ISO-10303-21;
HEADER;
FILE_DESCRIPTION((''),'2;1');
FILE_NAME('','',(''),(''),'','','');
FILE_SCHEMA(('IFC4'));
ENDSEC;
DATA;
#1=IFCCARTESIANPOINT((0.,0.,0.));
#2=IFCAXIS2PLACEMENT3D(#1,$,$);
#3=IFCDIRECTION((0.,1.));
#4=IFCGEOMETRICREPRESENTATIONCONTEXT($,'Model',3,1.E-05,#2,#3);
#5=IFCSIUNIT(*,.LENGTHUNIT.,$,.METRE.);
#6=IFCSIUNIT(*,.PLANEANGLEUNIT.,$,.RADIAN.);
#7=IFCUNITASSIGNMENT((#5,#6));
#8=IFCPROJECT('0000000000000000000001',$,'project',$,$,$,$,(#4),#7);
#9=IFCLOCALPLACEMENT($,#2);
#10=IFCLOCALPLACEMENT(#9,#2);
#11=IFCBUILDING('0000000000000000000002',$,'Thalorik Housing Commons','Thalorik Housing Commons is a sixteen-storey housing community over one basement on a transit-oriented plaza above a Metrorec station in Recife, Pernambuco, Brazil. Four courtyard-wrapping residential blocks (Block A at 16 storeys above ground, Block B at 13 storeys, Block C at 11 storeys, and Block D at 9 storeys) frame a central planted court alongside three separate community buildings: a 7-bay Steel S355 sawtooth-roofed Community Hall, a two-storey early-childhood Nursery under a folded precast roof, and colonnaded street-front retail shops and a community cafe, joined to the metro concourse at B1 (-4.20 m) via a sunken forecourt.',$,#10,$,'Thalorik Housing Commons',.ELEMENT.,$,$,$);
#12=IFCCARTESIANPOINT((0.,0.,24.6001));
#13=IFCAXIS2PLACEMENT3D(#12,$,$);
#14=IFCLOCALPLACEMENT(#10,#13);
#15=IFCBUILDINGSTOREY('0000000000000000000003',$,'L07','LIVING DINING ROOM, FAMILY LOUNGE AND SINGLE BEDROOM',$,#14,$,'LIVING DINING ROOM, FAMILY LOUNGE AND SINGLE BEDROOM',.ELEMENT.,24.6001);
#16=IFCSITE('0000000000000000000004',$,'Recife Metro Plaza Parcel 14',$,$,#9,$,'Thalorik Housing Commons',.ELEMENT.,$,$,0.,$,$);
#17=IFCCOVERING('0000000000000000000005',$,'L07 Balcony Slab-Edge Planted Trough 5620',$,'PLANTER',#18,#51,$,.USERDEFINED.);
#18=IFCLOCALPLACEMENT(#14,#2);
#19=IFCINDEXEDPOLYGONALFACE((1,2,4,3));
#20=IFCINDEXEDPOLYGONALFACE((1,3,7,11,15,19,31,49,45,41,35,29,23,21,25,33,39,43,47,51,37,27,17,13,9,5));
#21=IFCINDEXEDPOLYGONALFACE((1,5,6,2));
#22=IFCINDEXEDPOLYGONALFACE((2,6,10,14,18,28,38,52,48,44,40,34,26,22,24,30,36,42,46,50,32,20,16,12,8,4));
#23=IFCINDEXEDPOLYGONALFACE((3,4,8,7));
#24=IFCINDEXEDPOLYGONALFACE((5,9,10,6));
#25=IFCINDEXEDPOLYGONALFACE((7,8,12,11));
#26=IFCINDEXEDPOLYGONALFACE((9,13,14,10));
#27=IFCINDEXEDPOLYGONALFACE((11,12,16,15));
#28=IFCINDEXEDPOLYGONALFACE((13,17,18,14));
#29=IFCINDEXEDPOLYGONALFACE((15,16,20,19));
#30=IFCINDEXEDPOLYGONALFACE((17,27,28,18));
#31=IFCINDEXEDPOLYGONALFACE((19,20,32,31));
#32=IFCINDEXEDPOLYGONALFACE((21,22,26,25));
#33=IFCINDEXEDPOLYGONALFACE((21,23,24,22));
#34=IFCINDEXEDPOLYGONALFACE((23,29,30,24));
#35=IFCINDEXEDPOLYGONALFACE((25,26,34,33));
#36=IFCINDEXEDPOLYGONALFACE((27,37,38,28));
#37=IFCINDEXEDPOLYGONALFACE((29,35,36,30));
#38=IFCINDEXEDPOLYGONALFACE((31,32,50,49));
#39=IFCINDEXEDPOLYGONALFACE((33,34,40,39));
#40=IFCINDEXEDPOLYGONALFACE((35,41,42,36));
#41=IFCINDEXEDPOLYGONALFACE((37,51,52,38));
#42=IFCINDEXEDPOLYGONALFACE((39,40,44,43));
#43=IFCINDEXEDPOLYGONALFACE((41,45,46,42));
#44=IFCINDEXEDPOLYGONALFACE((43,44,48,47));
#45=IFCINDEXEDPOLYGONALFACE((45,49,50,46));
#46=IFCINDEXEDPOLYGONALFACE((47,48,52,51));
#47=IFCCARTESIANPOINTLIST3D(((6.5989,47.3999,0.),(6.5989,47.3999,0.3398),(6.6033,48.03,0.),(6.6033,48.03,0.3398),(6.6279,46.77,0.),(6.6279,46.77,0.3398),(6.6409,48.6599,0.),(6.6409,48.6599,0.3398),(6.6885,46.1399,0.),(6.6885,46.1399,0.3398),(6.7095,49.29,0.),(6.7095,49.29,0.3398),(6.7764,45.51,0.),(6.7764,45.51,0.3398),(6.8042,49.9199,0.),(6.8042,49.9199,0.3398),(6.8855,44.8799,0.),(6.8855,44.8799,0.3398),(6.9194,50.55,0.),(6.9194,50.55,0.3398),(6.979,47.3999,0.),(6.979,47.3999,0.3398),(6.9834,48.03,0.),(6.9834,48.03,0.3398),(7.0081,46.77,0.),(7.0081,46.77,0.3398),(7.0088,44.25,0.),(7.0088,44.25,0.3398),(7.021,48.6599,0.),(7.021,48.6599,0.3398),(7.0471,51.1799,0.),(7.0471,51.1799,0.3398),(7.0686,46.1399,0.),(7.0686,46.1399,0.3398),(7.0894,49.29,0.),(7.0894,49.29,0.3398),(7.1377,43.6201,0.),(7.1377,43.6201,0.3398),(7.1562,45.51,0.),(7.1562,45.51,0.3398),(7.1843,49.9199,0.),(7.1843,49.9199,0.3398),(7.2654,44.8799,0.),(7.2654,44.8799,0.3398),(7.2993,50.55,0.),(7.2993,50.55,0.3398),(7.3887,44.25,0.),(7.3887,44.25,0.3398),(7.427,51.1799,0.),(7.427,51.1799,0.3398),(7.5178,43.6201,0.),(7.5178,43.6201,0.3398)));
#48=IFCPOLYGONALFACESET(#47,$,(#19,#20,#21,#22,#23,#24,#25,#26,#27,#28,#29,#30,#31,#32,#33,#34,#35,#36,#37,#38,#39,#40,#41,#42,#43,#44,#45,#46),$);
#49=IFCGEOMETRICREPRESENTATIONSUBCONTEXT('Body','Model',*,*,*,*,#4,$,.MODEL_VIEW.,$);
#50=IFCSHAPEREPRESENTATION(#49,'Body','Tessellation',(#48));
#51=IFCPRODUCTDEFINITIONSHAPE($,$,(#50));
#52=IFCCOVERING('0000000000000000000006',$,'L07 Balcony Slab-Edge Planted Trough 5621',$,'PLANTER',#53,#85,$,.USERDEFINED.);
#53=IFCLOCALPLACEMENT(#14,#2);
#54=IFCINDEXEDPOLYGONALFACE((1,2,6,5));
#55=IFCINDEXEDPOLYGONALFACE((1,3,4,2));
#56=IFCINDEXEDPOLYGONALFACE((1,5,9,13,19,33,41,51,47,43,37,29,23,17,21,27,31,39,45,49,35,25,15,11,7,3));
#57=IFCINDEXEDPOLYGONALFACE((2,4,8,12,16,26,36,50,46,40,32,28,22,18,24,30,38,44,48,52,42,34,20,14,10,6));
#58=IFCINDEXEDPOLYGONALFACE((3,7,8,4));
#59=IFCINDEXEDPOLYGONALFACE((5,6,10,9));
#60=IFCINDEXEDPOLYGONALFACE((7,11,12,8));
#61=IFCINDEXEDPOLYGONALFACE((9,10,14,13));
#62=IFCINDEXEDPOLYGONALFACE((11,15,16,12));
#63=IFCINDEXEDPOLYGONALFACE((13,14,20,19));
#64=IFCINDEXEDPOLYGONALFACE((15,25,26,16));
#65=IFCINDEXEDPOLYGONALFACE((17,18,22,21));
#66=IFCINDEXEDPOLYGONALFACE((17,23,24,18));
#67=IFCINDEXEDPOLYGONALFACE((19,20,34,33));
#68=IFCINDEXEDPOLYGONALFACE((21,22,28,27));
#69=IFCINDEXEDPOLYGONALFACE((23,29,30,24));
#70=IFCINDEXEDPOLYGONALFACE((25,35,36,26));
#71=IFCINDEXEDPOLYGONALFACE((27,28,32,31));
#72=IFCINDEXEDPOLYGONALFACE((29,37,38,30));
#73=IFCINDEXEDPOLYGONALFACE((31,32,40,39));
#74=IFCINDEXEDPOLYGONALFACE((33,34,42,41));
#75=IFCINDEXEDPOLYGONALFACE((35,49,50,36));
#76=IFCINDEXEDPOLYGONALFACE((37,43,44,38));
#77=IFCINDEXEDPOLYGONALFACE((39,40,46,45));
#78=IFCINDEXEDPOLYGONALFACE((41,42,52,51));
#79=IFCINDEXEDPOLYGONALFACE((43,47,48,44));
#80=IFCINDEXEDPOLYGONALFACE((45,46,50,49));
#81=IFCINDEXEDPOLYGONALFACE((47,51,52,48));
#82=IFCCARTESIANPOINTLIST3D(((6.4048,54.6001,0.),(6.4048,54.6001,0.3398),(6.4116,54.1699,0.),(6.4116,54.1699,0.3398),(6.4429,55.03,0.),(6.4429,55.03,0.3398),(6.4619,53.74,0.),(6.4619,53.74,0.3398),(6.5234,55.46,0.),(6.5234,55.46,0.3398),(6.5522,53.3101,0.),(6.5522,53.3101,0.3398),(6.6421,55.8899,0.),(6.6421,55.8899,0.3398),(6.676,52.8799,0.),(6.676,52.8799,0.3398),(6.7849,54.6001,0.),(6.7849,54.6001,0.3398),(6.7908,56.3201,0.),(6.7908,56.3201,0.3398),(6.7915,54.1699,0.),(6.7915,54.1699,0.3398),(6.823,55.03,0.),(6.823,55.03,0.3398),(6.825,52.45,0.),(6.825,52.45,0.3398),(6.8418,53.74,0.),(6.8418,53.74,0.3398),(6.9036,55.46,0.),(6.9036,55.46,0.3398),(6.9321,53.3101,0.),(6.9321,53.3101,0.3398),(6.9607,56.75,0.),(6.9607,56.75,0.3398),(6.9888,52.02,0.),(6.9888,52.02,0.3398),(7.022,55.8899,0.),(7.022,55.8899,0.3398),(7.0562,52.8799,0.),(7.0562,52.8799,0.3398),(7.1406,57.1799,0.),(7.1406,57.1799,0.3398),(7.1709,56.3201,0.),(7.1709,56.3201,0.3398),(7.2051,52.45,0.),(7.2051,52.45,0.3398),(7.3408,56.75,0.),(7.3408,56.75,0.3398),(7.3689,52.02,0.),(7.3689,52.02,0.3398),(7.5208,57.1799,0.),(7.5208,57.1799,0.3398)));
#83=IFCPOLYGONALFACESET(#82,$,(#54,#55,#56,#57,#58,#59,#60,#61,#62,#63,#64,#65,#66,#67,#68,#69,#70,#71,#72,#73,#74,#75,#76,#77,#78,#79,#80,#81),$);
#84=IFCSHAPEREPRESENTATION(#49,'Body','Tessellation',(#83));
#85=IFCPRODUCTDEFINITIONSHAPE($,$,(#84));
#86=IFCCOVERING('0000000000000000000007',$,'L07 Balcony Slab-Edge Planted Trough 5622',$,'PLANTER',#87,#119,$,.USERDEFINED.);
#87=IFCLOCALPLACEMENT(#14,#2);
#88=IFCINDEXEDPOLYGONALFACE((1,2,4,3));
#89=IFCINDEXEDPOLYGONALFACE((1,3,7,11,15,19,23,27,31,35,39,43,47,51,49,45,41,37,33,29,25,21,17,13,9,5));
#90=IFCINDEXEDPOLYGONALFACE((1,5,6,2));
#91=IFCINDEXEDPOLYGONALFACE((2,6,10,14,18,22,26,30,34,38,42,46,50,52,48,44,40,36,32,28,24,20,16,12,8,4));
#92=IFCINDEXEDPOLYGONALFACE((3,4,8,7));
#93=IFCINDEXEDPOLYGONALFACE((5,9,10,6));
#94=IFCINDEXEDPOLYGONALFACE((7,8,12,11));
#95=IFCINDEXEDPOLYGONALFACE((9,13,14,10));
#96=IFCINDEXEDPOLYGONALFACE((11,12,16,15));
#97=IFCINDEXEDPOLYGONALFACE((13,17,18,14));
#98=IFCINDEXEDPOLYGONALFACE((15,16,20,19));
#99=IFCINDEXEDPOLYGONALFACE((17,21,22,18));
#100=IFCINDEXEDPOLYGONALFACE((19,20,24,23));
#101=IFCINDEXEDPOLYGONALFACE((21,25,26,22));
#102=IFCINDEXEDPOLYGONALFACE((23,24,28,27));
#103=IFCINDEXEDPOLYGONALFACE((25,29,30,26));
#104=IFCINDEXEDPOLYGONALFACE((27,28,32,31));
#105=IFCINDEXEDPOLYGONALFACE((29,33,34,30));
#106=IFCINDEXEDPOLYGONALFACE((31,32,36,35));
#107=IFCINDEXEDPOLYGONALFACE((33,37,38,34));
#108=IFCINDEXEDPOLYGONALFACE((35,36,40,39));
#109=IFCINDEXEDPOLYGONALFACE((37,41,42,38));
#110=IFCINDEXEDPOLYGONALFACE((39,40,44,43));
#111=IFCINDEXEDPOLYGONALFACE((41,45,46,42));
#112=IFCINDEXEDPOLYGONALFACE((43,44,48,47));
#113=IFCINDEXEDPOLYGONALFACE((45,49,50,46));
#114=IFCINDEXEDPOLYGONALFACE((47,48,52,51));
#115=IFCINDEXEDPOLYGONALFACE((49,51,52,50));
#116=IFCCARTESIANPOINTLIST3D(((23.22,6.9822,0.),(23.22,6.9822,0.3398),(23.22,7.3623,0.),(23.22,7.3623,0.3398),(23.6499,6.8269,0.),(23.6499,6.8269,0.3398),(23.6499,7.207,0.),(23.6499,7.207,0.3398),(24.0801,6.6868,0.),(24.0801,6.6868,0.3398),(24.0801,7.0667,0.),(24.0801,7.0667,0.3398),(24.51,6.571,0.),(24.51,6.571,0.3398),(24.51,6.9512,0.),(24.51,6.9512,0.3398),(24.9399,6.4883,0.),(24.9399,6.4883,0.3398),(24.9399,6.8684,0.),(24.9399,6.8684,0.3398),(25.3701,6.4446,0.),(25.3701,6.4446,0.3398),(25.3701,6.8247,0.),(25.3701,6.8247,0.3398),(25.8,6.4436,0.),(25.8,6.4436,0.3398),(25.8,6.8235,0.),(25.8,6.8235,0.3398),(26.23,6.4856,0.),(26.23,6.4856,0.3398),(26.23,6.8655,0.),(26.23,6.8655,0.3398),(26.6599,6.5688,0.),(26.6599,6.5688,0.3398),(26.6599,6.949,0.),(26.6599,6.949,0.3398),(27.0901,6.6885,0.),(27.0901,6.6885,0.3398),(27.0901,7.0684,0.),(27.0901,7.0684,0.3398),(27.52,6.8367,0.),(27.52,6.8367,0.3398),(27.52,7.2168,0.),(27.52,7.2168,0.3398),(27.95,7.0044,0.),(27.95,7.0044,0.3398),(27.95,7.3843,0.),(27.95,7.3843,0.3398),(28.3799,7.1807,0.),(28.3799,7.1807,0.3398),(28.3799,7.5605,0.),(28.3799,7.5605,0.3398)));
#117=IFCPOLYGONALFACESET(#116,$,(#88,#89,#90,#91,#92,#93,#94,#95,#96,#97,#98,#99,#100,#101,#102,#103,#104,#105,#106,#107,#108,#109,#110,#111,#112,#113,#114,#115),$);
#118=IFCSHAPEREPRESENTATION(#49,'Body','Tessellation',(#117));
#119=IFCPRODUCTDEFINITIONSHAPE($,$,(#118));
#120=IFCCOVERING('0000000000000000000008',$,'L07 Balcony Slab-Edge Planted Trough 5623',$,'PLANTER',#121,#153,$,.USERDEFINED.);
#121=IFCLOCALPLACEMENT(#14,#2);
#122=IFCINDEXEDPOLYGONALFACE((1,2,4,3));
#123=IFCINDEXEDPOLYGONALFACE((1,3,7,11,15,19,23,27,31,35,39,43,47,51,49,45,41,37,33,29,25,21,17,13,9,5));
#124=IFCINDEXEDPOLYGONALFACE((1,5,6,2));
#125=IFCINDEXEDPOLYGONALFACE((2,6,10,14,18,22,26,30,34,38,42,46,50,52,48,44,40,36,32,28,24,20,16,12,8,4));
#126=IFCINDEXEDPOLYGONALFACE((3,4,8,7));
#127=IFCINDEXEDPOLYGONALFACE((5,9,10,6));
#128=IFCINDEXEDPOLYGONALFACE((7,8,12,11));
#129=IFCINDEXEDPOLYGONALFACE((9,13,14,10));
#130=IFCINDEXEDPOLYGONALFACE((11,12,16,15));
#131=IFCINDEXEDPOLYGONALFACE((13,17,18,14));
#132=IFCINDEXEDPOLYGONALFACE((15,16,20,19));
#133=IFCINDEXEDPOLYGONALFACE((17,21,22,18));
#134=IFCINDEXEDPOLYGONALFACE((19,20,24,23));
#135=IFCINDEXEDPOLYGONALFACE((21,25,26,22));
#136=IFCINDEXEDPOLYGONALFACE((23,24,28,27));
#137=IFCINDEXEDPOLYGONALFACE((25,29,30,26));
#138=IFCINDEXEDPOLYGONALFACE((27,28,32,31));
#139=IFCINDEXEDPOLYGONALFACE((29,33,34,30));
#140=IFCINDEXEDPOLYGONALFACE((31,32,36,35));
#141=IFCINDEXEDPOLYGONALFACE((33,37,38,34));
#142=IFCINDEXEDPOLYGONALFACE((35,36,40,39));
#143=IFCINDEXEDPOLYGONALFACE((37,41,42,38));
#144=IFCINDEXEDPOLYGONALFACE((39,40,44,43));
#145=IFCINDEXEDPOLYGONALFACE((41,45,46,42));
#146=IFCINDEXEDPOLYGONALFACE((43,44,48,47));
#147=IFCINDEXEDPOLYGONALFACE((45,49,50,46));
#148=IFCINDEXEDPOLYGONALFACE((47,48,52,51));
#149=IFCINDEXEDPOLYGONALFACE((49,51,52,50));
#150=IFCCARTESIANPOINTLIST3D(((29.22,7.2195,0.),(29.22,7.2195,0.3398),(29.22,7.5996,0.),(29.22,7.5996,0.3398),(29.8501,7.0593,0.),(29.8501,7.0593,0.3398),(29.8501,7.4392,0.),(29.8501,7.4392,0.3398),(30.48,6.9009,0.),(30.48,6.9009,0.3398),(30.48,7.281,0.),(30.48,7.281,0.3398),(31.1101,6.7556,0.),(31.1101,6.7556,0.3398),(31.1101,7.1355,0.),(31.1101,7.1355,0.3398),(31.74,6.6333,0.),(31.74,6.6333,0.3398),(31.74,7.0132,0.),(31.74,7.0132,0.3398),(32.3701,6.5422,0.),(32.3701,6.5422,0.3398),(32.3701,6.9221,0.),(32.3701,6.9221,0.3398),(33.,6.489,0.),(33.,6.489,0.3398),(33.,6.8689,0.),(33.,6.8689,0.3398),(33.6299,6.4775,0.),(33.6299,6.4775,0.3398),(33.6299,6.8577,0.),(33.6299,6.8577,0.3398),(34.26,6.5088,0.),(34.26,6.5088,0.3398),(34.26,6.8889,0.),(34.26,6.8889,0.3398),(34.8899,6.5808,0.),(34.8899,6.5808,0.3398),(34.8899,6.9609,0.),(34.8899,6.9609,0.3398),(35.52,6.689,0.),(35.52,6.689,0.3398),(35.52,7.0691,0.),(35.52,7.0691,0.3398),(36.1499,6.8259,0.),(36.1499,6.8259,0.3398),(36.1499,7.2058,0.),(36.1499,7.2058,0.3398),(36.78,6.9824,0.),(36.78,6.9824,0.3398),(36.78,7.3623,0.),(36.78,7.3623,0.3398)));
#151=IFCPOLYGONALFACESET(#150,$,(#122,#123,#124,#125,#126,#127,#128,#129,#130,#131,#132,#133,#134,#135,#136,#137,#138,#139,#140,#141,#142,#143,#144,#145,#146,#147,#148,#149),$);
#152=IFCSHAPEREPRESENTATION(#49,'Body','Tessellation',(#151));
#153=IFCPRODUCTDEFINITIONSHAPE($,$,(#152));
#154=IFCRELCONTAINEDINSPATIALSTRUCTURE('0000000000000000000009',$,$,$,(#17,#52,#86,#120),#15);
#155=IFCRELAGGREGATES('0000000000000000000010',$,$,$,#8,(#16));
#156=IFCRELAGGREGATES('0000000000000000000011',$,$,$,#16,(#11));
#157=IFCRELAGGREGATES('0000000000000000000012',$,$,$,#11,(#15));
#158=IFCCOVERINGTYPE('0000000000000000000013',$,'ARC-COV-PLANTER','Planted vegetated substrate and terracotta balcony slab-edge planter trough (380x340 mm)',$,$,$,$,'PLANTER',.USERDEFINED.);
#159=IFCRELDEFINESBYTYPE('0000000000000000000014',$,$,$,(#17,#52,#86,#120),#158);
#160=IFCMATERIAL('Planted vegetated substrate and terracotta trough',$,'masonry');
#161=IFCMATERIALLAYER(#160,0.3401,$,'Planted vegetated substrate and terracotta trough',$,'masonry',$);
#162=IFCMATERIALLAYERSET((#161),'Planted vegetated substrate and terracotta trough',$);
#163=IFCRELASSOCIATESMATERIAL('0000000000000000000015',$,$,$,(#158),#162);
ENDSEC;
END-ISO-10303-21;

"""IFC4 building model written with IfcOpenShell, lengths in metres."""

from ifc_helpers import new_model, si_unit, direction, frame, origin, place, context, subcontext, project, spatial, polyline, outline, extrude, material, layer, layer_set, type_object, element, save


model = new_model("IFC4")

# Units and contexts
model_context = context("Model", 3, precision=1e-05, world=origin(), true_north=direction((0.0, 1.0)))
body_context = subcontext(model_context, "Body", "Model", "MODEL_VIEW")
ifc_project = project(units=[si_unit("LENGTHUNIT", "METRE"), si_unit("PLANEANGLEUNIT", "RADIAN")], contexts=[model_context])

# Site, building, storey
site_placement = place(None, origin())
site = spatial("IfcSite", under=ifc_project, at=site_placement, Name="Recife Metro Plaza Parcel 14", LongName="Thalorik Housing Commons", CompositionType="ELEMENT", RefElevation=0.0)
building_placement = place(site_placement, origin())
building = spatial("IfcBuilding", under=site, at=building_placement, Name="Thalorik Housing Commons", Description="Thalorik Housing Commons is a sixteen-storey housing community over one basement on a transit-oriented plaza above a Metrorec station in Recife, Pernambuco, Brazil. Four courtyard-wrapping residential blocks (Block A at 16 storeys above ground, Block B at 13 storeys, Block C at 11 storeys, and Block D at 9 storeys) frame a central planted court alongside three separate community buildings: a 7-bay Steel S355 sawtooth-roofed Community Hall, a two-storey early-childhood Nursery under a folded precast roof, and colonnaded street-front retail shops and a community cafe, joined to the metro concourse at B1 (-4.20 m) via a sunken forecourt.", LongName="Thalorik Housing Commons", CompositionType="ELEMENT")
storey_placement = place(building_placement, frame((0.0, 0.0, 24.6001)))
storey = spatial("IfcBuildingStorey", under=building, at=storey_placement, Name="L07", Description="LIVING DINING ROOM, FAMILY LOUNGE AND SINGLE BEDROOM", LongName="LIVING DINING ROOM, FAMILY LOUNGE AND SINGLE BEDROOM", CompositionType="ELEMENT", Elevation=24.6001)

# Coverings
ifc_material = material(Name="Planted vegetated substrate and terracotta trough", Category="masonry")
ifc_layer = layer(ifc_material, 0.3401, Name="Planted vegetated substrate and terracotta trough", Category="masonry")
ifc_layer_set = layer_set([ifc_layer], Name="Planted vegetated substrate and terracotta trough")
covering_type = type_object("IfcCoveringType", Name="ARC-COV-PLANTER", Description="Planted vegetated substrate and terracotta balcony slab-edge planter trough (380x340 mm)", ElementType="PLANTER", PredefinedType="USERDEFINED", material=ifc_layer_set)
covering_1_placement = place(storey_placement, origin())
element("IfcCovering", 1, at=covering_1_placement, inside=storey, type_object=covering_type, Name="L07 Balcony Slab-Edge Planted Trough 5620", ObjectType="PLANTER", PredefinedType="USERDEFINED", context=body_context, shape_type="SweptSolid", body=[
    extrude(outline(polyline([(7.0471, 51.1799), (6.9194, 50.55), (6.8042, 49.9199), (6.7095, 49.29), (6.6409, 48.6599), (6.6033, 48.03), (6.5989, 47.3999), (6.6279, 46.77), (6.6885, 46.1399), (6.7764, 45.51), (6.8855, 44.8799), (7.0088, 44.25), (7.1377, 43.6201), (7.5178, 43.6201), (7.3887, 44.25), (7.2654, 44.8799), (7.1562, 45.51), (7.0686, 46.1399), (7.0081, 46.77), (6.979, 47.3999), (6.9834, 48.03), (7.021, 48.6599), (7.0894, 49.29), (7.1843, 49.9199), (7.2993, 50.55), (7.427, 51.1799), (7.0471, 51.1799)])), origin(), (0.0, 0.0, 1.0), 0.3398),
])
covering_2_placement = place(storey_placement, origin())
element("IfcCovering", 2, at=covering_2_placement, inside=storey, type_object=covering_type, Name="L07 Balcony Slab-Edge Planted Trough 5621", ObjectType="PLANTER", PredefinedType="USERDEFINED", context=body_context, shape_type="SweptSolid", body=[
    extrude(outline(polyline([(7.1406, 57.1799), (6.9607, 56.75), (6.7908, 56.3201), (6.6421, 55.8899), (6.5234, 55.46), (6.4429, 55.03), (6.4048, 54.6001), (6.4116, 54.1699), (6.4619, 53.74), (6.5522, 53.3101), (6.676, 52.8799), (6.825, 52.45), (6.9888, 52.02), (7.3689, 52.02), (7.2051, 52.45), (7.0562, 52.8799), (6.9321, 53.3101), (6.8418, 53.74), (6.7915, 54.1699), (6.7849, 54.6001), (6.823, 55.03), (6.9036, 55.46), (7.022, 55.8899), (7.1709, 56.3201), (7.3408, 56.75), (7.5208, 57.1799), (7.1406, 57.1799)])), origin(), (0.0, 0.0, 1.0), 0.3398),
])
covering_3_placement = place(storey_placement, origin())
element("IfcCovering", 3, at=covering_3_placement, inside=storey, type_object=covering_type, Name="L07 Balcony Slab-Edge Planted Trough 5622", ObjectType="PLANTER", PredefinedType="USERDEFINED", context=body_context, shape_type="SweptSolid", body=[
    extrude(outline(polyline([(23.22, 6.9822), (23.6499, 6.8269), (24.0801, 6.6868), (24.51, 6.571), (24.9399, 6.4883), (25.3701, 6.4446), (25.8, 6.4436), (26.23, 6.4856), (26.6599, 6.5688), (27.0901, 6.6885), (27.52, 6.8367), (27.95, 7.0044), (28.3799, 7.1807), (28.3799, 7.5605), (27.95, 7.3843), (27.52, 7.2168), (27.0901, 7.0684), (26.6599, 6.949), (26.23, 6.8655), (25.8, 6.8235), (25.3701, 6.8247), (24.9399, 6.8684), (24.51, 6.9512), (24.0801, 7.0667), (23.6499, 7.207), (23.22, 7.3623), (23.22, 6.9822)])), origin(), (0.0, 0.0, 1.0), 0.3398),
])
covering_4_placement = place(storey_placement, origin())
element("IfcCovering", 4, at=covering_4_placement, inside=storey, type_object=covering_type, Name="L07 Balcony Slab-Edge Planted Trough 5623", ObjectType="PLANTER", PredefinedType="USERDEFINED", context=body_context, shape_type="SweptSolid", body=[
    extrude(outline(polyline([(29.22, 7.2195), (29.8501, 7.0593), (30.48, 6.9009), (31.1101, 6.7556), (31.74, 6.6333), (32.3701, 6.5422), (33.0, 6.489), (33.6299, 6.4775), (34.26, 6.5088), (34.8899, 6.5808), (35.52, 6.689), (36.1499, 6.8259), (36.78, 6.9824), (36.78, 7.3623), (36.1499, 7.2058), (35.52, 7.0691), (34.8899, 6.9609), (34.26, 6.8889), (33.6299, 6.8577), (33.0, 6.8689), (32.3701, 6.9221), (31.74, 7.0132), (31.1101, 7.1355), (30.48, 7.281), (29.8501, 7.4392), (29.22, 7.5996), (29.22, 7.2195)])), origin(), (0.0, 0.0, 1.0), 0.3398),
])

save(model, "model.ifc")
